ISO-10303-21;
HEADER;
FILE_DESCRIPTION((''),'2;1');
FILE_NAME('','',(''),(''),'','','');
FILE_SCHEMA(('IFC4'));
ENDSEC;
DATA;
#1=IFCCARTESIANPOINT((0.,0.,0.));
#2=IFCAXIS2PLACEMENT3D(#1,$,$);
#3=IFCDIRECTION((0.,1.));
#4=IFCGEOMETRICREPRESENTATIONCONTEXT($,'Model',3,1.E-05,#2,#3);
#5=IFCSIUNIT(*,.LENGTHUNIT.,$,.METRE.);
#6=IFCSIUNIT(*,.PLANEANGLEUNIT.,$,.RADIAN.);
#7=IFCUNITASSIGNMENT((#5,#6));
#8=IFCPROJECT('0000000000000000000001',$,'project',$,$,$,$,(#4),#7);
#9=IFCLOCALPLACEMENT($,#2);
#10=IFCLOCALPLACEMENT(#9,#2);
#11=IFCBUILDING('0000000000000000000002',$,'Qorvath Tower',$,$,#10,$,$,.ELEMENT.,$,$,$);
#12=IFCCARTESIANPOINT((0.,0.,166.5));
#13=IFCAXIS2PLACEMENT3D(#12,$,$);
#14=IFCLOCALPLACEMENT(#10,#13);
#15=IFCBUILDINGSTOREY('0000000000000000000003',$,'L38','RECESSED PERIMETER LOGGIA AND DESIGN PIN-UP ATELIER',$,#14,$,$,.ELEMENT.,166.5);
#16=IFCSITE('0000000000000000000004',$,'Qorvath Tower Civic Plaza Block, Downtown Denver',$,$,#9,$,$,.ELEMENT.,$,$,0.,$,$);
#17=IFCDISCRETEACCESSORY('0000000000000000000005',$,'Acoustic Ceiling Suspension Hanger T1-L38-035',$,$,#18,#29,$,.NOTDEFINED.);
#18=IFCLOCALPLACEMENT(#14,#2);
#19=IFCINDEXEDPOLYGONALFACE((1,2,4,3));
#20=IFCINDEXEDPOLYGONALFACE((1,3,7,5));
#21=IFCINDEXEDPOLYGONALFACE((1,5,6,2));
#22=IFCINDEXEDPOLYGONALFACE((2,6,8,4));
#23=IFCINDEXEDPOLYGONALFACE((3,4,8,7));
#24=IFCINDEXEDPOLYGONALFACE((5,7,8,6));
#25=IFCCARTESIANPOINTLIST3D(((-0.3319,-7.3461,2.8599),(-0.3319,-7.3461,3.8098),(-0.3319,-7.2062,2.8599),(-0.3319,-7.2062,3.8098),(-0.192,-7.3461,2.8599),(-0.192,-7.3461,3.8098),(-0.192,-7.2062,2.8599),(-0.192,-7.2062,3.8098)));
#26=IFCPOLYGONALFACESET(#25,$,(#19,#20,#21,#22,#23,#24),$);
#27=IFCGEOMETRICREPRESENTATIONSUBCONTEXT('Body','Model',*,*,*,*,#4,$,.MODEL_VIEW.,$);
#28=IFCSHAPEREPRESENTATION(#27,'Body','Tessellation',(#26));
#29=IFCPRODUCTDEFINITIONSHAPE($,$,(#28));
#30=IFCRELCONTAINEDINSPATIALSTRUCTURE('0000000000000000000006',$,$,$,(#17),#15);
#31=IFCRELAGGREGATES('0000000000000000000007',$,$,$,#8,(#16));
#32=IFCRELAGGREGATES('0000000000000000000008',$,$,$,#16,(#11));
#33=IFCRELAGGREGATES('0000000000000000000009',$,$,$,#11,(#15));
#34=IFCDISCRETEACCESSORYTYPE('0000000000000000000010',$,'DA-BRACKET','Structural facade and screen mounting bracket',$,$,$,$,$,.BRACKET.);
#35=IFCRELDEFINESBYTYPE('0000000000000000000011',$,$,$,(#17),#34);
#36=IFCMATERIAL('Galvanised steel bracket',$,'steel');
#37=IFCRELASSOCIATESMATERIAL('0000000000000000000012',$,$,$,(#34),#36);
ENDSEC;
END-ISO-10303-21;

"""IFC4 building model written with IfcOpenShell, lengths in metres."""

from ifc_helpers import new_model, si_unit, direction, frame, origin, origin_2d, place, context, subcontext, project, spatial, rectangle, extrude, material, type_object, element, save


model = new_model("IFC4")

# Units and contexts
model_context = context("Model", 3, precision=1e-05, world=origin(), true_north=direction((0.0, 1.0)))
body_context = subcontext(model_context, "Body", "Model", "MODEL_VIEW")
ifc_project = project(units=[si_unit("LENGTHUNIT", "METRE"), si_unit("PLANEANGLEUNIT", "RADIAN")], contexts=[model_context])

# Site, building, storey
site_placement = place(None, origin())
site = spatial("IfcSite", under=ifc_project, at=site_placement, Name="Qorvath Tower Civic Plaza Block, Downtown Denver", CompositionType="ELEMENT", RefElevation=0.0)
building_placement = place(site_placement, origin())
building = spatial("IfcBuilding", under=site, at=building_placement, Name="Qorvath Tower", CompositionType="ELEMENT")
storey_placement = place(building_placement, frame((0.0, 0.0, 166.5)))
storey = spatial("IfcBuildingStorey", under=building, at=storey_placement, Name="L38", Description="RECESSED PERIMETER LOGGIA AND DESIGN PIN-UP ATELIER", CompositionType="ELEMENT", Elevation=166.5)

# Discrete accessory
ifc_material_1 = material(Name="Galvanised steel bracket", Category="steel")
discrete_accessory_type = type_object("IfcDiscreteAccessoryType", Name="DA-BRACKET", Description="Structural facade and screen mounting bracket", PredefinedType="BRACKET", material=ifc_material_1)
for number, where, z_axis, x_axis, name in (
    (1, (-0.262, -7.2761, 2.8599), (0.0, 0.0, 1.0), (1.0, 0.0, 0.0), "Acoustic Ceiling Suspension Hanger T1-L38-035"),
):
    element("IfcDiscreteAccessory", number, at=place(storey_placement, frame(where, z_axis=z_axis, x_axis=x_axis)), inside=storey, type_object=discrete_accessory_type, Name=name, PredefinedType="NOTDEFINED", context=body_context, shape_type="SweptSolid", body=[
        extrude(rectangle(XDim=0.1399, YDim=0.1399, at=origin_2d()), origin(), (0.0, 0.0, 1.0), 0.95),
    ])

save(model, "model.ifc")
